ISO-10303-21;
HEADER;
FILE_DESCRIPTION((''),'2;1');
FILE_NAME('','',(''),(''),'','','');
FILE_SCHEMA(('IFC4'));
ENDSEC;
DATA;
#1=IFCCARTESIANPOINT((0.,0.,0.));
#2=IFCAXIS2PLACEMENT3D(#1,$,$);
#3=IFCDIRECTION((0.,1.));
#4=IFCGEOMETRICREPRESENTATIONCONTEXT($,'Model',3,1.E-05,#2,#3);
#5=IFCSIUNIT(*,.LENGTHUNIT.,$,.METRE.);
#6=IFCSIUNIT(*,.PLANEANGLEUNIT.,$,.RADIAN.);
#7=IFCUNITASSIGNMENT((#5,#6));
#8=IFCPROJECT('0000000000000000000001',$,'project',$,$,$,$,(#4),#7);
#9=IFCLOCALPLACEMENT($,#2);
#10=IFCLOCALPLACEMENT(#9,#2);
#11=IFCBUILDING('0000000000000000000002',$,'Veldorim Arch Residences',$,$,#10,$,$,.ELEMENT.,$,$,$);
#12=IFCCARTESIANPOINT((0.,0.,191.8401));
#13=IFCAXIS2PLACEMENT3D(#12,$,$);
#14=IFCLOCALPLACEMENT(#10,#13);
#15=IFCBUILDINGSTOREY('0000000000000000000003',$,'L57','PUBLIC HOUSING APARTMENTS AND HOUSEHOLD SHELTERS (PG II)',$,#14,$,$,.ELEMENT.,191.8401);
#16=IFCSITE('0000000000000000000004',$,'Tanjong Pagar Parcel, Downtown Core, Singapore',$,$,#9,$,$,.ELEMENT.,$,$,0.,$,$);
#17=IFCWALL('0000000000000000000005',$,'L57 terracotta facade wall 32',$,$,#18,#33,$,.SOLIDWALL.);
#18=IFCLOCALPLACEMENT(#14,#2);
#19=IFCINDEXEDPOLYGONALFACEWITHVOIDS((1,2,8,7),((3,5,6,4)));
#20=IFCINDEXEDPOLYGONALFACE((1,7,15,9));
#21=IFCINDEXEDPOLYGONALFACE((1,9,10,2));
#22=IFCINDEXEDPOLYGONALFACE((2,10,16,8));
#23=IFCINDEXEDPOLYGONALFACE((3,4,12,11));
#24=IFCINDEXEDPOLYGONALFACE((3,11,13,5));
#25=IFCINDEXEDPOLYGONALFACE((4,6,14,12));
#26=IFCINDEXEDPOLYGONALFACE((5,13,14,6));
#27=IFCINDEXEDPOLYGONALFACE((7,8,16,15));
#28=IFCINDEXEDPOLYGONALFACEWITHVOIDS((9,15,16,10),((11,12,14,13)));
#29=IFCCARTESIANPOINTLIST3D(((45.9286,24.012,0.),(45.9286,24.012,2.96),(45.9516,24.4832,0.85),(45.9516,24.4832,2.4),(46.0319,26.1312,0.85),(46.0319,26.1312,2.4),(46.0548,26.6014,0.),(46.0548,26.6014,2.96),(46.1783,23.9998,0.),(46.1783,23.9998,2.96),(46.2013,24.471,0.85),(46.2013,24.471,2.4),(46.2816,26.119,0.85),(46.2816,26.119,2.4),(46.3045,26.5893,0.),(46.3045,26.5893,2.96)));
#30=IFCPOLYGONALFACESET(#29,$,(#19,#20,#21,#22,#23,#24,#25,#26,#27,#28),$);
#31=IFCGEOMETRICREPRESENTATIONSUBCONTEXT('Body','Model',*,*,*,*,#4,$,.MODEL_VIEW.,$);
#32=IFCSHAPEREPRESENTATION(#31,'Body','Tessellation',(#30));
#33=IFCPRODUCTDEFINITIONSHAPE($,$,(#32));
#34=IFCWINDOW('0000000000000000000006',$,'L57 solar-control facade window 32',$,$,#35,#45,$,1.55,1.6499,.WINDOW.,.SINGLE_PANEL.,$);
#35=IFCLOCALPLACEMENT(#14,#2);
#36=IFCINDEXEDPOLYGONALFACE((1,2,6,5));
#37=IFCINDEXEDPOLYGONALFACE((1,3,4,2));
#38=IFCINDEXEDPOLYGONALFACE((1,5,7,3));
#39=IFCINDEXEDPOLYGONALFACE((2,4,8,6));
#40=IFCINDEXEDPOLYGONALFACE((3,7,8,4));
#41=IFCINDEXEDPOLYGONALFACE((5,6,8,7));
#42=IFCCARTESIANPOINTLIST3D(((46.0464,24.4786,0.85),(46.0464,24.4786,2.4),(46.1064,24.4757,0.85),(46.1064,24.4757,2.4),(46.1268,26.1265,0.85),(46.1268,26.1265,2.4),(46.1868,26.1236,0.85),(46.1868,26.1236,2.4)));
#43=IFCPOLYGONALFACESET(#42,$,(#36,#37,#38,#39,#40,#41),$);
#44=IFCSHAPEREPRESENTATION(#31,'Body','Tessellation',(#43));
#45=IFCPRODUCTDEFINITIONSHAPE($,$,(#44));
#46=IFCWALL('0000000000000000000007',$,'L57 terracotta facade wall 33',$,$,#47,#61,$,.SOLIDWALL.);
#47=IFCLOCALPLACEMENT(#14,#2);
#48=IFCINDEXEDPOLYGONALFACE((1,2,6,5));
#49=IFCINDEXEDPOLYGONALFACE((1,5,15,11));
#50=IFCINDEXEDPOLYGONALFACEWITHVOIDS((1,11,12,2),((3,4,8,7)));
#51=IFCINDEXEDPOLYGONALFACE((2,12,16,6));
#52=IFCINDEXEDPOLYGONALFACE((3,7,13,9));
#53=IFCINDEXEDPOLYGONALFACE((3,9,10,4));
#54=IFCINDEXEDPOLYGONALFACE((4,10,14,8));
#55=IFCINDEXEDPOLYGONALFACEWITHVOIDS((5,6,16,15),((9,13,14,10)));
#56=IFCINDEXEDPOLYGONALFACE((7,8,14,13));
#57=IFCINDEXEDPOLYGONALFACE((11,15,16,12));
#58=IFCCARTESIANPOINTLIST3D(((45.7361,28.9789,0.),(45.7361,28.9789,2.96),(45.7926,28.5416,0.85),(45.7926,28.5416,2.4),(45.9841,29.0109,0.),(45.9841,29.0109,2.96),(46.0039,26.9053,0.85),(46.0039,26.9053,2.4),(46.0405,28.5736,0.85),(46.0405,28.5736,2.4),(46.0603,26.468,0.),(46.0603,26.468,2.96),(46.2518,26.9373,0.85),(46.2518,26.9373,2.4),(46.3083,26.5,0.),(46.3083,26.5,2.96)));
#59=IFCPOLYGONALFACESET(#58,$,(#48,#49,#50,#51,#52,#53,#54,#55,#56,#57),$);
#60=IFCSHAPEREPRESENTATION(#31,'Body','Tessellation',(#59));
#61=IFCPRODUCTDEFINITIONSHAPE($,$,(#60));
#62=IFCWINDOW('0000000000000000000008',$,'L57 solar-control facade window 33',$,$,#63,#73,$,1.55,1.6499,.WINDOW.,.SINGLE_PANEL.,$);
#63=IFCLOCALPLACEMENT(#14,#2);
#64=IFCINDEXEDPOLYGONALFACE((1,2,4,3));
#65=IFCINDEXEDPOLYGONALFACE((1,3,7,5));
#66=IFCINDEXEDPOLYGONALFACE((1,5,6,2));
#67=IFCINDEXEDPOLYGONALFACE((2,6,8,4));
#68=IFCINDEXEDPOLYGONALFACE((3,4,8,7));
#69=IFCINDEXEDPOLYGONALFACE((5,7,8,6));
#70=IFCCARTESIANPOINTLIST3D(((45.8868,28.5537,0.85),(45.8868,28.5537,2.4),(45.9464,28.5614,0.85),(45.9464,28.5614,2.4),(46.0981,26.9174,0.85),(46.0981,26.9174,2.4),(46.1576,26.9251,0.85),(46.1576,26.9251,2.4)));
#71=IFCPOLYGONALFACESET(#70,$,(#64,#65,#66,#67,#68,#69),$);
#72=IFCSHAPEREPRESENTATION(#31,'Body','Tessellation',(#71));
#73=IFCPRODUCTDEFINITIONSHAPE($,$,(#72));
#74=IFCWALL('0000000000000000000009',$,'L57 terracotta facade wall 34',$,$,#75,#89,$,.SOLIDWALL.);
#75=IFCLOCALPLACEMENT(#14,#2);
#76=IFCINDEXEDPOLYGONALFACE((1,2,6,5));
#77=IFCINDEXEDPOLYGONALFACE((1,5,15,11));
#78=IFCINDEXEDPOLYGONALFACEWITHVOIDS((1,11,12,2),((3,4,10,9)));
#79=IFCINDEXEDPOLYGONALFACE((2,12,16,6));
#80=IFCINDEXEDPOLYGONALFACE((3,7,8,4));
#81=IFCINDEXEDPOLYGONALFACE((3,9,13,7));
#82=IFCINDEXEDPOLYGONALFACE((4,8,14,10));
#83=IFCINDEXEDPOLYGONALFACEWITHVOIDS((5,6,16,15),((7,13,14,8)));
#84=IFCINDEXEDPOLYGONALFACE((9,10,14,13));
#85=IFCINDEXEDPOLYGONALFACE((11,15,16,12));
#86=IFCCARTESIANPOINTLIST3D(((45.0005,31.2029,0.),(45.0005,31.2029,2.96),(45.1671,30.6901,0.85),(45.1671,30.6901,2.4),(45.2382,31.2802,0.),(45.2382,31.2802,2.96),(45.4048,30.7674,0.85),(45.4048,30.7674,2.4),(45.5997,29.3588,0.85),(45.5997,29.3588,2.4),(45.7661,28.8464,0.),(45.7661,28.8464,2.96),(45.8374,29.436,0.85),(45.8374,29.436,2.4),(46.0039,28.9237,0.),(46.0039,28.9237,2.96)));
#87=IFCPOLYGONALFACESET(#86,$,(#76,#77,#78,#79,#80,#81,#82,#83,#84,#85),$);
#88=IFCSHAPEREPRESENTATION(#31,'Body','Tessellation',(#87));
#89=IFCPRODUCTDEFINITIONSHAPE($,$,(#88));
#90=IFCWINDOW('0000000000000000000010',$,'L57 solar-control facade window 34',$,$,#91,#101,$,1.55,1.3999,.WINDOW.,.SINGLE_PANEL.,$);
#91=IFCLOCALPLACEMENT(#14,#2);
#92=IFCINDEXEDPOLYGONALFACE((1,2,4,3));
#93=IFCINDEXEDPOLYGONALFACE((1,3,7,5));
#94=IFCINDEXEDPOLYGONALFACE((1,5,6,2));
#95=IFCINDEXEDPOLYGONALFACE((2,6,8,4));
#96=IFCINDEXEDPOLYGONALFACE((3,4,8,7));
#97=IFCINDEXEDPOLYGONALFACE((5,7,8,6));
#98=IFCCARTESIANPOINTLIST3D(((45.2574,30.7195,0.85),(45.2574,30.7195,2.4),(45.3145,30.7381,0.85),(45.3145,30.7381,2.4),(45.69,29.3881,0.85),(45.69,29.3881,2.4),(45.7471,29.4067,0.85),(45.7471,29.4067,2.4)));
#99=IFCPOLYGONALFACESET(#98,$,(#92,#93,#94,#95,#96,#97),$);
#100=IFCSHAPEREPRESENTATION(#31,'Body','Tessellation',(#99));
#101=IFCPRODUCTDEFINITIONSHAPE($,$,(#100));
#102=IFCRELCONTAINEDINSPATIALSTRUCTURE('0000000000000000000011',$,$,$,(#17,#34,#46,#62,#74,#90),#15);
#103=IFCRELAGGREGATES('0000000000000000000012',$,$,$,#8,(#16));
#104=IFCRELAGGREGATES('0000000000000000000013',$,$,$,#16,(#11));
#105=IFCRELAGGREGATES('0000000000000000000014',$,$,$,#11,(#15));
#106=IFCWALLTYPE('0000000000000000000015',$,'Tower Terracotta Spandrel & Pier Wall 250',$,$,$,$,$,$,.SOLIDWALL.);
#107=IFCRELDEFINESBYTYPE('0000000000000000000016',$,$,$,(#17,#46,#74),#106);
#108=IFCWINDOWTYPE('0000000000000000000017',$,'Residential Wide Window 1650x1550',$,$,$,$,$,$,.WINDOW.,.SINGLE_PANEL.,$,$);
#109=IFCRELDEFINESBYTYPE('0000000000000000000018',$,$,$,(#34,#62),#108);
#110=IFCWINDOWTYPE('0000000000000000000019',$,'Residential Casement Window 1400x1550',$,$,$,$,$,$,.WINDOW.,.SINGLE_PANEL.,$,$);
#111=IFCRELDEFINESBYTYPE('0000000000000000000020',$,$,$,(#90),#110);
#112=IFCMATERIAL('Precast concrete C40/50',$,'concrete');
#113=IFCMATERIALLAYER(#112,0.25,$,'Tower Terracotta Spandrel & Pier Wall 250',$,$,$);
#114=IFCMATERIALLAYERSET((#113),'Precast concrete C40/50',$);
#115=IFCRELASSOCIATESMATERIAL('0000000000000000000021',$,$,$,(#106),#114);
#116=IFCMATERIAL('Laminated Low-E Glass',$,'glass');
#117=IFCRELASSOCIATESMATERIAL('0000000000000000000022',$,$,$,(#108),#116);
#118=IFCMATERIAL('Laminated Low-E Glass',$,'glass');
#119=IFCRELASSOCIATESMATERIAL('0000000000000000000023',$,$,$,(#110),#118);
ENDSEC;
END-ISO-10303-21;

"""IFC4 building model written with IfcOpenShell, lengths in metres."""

from ifc_helpers import new_model, si_unit, direction, frame, frame_2d, origin, place, context, subcontext, project, spatial, rectangle, extrude, material, layer, layer_set, type_object, element, fill, save


model = new_model("IFC4")

# Units and contexts
model_context = context("Model", 3, precision=1e-05, world=origin(), true_north=direction((0.0, 1.0)))
body_context = subcontext(model_context, "Body", "Model", "MODEL_VIEW")
ifc_project = project(units=[si_unit("LENGTHUNIT", "METRE"), si_unit("PLANEANGLEUNIT", "RADIAN")], contexts=[model_context])

# Site, building, storey
site_placement = place(None, origin())
site = spatial("IfcSite", under=ifc_project, at=site_placement, Name="Tanjong Pagar Parcel, Downtown Core, Singapore", CompositionType="ELEMENT", RefElevation=0.0)
building_placement = place(site_placement, origin())
building = spatial("IfcBuilding", under=site, at=building_placement, Name="Veldorim Arch Residences", CompositionType="ELEMENT")
storey_placement = place(building_placement, frame((0.0, 0.0, 191.8401)))
storey = spatial("IfcBuildingStorey", under=building, at=storey_placement, Name="L57", Description="PUBLIC HOUSING APARTMENTS AND HOUSEHOLD SHELTERS (PG II)", CompositionType="ELEMENT", Elevation=191.8401)

# Walls, openings, windows
ifc_material_1 = material(Name="Precast concrete C40/50", Category="concrete")
ifc_layer_1 = layer(ifc_material_1, 0.25, Name="Tower Terracotta Spandrel & Pier Wall 250")
ifc_layer_set_1 = layer_set([ifc_layer_1], Name="Precast concrete C40/50")
wall_type_1 = type_object("IfcWallType", Name="Tower Terracotta Spandrel & Pier Wall 250", PredefinedType="SOLIDWALL", material=ifc_layer_set_1)
wall_1_placement = place(storey_placement, frame((46.1797, 26.5955, 0.0), z_axis=(0.0, 0.0, 1.0), x_axis=(-0.048688, -0.998814, 0.0)))
wall_1 = element("IfcWall", 1, at=wall_1_placement, inside=storey, type_object=wall_type_1, Name="L57 terracotta facade wall 32", PredefinedType="SOLIDWALL", context=body_context, shape_type="SweptSolid", body=[
    extrude(rectangle(XDim=2.5925, YDim=0.25, at=frame_2d((1.2964, 0.0))), origin(), (0.0, 0.0, 1.0), 2.96),
])
opening_1_placement = place(wall_1_placement, frame((0.4709, 0.0, 0.8501)))
opening_1 = element("IfcOpeningElement", 2, at=opening_1_placement, cuts=wall_1, PredefinedType="OPENING", context=body_context, shape_type="SweptSolid", body=[
    extrude(rectangle(XDim=1.6499, YDim=1.55, at=frame_2d((0.825, 0.7749))), frame((0.0, 0.135, 0.0), z_axis=(0.0, -1.0, 0.0), x_axis=(1.0, 0.0, 0.0)), (0.0, 0.0, 1.0), 0.27),
])
ifc_material_2 = material(Name="Laminated Low-E Glass", Category="glass")
window_type_1 = type_object("IfcWindowType", Name="Residential Wide Window 1650x1550", PartitioningType="SINGLE_PANEL", PredefinedType="WINDOW", material=ifc_material_2)
window_1_placement = place(opening_1_placement, origin())
window_1 = element("IfcWindow", 3, at=window_1_placement, inside=storey, type_object=window_type_1, Name="L57 solar-control facade window 32", OverallHeight=1.55, OverallWidth=1.6499, PartitioningType="SINGLE_PANEL", PredefinedType="WINDOW", context=body_context, shape_type="SweptSolid", body=[
    extrude(rectangle(XDim=1.6499, YDim=1.55, at=frame_2d((0.825, 0.7749))), frame((0.0, 0.03, 0.0), z_axis=(0.0, -1.0, 0.0), x_axis=(1.0, 0.0, 0.0)), (0.0, 0.0, 1.0), 0.0601),
])
fill(opening_1, window_1)
wall_2_placement = place(storey_placement, frame((45.8601, 28.9949, 0.0), z_axis=(0.0, 0.0, 1.0), x_axis=(0.128057, -0.991767, 0.0)))
wall_2 = element("IfcWall", 4, at=wall_2_placement, inside=storey, type_object=wall_type_1, Name="L57 terracotta facade wall 33", PredefinedType="SOLIDWALL", context=body_context, shape_type="SweptSolid", body=[
    extrude(rectangle(XDim=2.5317, YDim=0.25, at=frame_2d((1.2659, 0.0))), origin(), (0.0, 0.0, 1.0), 2.96),
])
opening_2_placement = place(wall_2_placement, frame((0.4409, 0.0, 0.8501)))
opening_2 = element("IfcOpeningElement", 5, at=opening_2_placement, cuts=wall_2, PredefinedType="OPENING", context=body_context, shape_type="SweptSolid", body=[
    extrude(rectangle(XDim=1.6499, YDim=1.55, at=frame_2d((0.825, 0.7749))), frame((0.0, 0.135, 0.0), z_axis=(0.0, -1.0, 0.0), x_axis=(1.0, 0.0, 0.0)), (0.0, 0.0, 1.0), 0.27),
])
window_2_placement = place(opening_2_placement, origin())
window_2 = element("IfcWindow", 6, at=window_2_placement, inside=storey, type_object=window_type_1, Name="L57 solar-control facade window 33", OverallHeight=1.55, OverallWidth=1.6499, PartitioningType="SINGLE_PANEL", PredefinedType="WINDOW", context=body_context, shape_type="SweptSolid", body=[
    extrude(rectangle(XDim=1.6499, YDim=1.55, at=frame_2d((0.825, 0.7749))), frame((0.0, 0.03, 0.0), z_axis=(0.0, -1.0, 0.0), x_axis=(1.0, 0.0, 0.0)), (0.0, 0.0, 1.0), 0.0601),
])
fill(opening_2, window_2)
wall_3_placement = place(storey_placement, frame((45.1194, 31.2415, 0.0), z_axis=(0.0, 0.0, 1.0), x_axis=(0.309006, -0.95106, 0.0)))
wall_3 = element("IfcWall", 7, at=wall_3_placement, inside=storey, type_object=wall_type_1, Name="L57 terracotta facade wall 34", PredefinedType="SOLIDWALL", context=body_context, shape_type="SweptSolid", body=[
    extrude(rectangle(XDim=2.4778, YDim=0.25, at=frame_2d((1.2388, 0.0))), origin(), (0.0, 0.0, 1.0), 2.96),
])
opening_3_placement = place(wall_3_placement, frame((0.5391, 0.0, 0.8501)))
opening_3 = element("IfcOpeningElement", 8, at=opening_3_placement, cuts=wall_3, PredefinedType="OPENING", context=body_context, shape_type="SweptSolid", body=[
    extrude(rectangle(XDim=1.3999, YDim=1.55, at=frame_2d((0.7, 0.7749))), frame((0.0, 0.135, 0.0), z_axis=(0.0, -1.0, 0.0), x_axis=(1.0, 0.0, 0.0)), (0.0, 0.0, 1.0), 0.27),
])
ifc_material_3 = material(Name="Laminated Low-E Glass", Category="glass")
window_type_2 = type_object("IfcWindowType", Name="Residential Casement Window 1400x1550", PartitioningType="SINGLE_PANEL", PredefinedType="WINDOW", material=ifc_material_3)
window_3_placement = place(opening_3_placement, origin())
window_3 = element("IfcWindow", 9, at=window_3_placement, inside=storey, type_object=window_type_2, Name="L57 solar-control facade window 34", OverallHeight=1.55, OverallWidth=1.3999, PartitioningType="SINGLE_PANEL", PredefinedType="WINDOW", context=body_context, shape_type="SweptSolid", body=[
    extrude(rectangle(XDim=1.3999, YDim=1.55, at=frame_2d((0.7, 0.7749))), frame((0.0, 0.03, 0.0), z_axis=(0.0, -1.0, 0.0), x_axis=(1.0, 0.0, 0.0)), (0.0, 0.0, 1.0), 0.0601),
])
fill(opening_3, window_3)

save(model, "model.ifc")
